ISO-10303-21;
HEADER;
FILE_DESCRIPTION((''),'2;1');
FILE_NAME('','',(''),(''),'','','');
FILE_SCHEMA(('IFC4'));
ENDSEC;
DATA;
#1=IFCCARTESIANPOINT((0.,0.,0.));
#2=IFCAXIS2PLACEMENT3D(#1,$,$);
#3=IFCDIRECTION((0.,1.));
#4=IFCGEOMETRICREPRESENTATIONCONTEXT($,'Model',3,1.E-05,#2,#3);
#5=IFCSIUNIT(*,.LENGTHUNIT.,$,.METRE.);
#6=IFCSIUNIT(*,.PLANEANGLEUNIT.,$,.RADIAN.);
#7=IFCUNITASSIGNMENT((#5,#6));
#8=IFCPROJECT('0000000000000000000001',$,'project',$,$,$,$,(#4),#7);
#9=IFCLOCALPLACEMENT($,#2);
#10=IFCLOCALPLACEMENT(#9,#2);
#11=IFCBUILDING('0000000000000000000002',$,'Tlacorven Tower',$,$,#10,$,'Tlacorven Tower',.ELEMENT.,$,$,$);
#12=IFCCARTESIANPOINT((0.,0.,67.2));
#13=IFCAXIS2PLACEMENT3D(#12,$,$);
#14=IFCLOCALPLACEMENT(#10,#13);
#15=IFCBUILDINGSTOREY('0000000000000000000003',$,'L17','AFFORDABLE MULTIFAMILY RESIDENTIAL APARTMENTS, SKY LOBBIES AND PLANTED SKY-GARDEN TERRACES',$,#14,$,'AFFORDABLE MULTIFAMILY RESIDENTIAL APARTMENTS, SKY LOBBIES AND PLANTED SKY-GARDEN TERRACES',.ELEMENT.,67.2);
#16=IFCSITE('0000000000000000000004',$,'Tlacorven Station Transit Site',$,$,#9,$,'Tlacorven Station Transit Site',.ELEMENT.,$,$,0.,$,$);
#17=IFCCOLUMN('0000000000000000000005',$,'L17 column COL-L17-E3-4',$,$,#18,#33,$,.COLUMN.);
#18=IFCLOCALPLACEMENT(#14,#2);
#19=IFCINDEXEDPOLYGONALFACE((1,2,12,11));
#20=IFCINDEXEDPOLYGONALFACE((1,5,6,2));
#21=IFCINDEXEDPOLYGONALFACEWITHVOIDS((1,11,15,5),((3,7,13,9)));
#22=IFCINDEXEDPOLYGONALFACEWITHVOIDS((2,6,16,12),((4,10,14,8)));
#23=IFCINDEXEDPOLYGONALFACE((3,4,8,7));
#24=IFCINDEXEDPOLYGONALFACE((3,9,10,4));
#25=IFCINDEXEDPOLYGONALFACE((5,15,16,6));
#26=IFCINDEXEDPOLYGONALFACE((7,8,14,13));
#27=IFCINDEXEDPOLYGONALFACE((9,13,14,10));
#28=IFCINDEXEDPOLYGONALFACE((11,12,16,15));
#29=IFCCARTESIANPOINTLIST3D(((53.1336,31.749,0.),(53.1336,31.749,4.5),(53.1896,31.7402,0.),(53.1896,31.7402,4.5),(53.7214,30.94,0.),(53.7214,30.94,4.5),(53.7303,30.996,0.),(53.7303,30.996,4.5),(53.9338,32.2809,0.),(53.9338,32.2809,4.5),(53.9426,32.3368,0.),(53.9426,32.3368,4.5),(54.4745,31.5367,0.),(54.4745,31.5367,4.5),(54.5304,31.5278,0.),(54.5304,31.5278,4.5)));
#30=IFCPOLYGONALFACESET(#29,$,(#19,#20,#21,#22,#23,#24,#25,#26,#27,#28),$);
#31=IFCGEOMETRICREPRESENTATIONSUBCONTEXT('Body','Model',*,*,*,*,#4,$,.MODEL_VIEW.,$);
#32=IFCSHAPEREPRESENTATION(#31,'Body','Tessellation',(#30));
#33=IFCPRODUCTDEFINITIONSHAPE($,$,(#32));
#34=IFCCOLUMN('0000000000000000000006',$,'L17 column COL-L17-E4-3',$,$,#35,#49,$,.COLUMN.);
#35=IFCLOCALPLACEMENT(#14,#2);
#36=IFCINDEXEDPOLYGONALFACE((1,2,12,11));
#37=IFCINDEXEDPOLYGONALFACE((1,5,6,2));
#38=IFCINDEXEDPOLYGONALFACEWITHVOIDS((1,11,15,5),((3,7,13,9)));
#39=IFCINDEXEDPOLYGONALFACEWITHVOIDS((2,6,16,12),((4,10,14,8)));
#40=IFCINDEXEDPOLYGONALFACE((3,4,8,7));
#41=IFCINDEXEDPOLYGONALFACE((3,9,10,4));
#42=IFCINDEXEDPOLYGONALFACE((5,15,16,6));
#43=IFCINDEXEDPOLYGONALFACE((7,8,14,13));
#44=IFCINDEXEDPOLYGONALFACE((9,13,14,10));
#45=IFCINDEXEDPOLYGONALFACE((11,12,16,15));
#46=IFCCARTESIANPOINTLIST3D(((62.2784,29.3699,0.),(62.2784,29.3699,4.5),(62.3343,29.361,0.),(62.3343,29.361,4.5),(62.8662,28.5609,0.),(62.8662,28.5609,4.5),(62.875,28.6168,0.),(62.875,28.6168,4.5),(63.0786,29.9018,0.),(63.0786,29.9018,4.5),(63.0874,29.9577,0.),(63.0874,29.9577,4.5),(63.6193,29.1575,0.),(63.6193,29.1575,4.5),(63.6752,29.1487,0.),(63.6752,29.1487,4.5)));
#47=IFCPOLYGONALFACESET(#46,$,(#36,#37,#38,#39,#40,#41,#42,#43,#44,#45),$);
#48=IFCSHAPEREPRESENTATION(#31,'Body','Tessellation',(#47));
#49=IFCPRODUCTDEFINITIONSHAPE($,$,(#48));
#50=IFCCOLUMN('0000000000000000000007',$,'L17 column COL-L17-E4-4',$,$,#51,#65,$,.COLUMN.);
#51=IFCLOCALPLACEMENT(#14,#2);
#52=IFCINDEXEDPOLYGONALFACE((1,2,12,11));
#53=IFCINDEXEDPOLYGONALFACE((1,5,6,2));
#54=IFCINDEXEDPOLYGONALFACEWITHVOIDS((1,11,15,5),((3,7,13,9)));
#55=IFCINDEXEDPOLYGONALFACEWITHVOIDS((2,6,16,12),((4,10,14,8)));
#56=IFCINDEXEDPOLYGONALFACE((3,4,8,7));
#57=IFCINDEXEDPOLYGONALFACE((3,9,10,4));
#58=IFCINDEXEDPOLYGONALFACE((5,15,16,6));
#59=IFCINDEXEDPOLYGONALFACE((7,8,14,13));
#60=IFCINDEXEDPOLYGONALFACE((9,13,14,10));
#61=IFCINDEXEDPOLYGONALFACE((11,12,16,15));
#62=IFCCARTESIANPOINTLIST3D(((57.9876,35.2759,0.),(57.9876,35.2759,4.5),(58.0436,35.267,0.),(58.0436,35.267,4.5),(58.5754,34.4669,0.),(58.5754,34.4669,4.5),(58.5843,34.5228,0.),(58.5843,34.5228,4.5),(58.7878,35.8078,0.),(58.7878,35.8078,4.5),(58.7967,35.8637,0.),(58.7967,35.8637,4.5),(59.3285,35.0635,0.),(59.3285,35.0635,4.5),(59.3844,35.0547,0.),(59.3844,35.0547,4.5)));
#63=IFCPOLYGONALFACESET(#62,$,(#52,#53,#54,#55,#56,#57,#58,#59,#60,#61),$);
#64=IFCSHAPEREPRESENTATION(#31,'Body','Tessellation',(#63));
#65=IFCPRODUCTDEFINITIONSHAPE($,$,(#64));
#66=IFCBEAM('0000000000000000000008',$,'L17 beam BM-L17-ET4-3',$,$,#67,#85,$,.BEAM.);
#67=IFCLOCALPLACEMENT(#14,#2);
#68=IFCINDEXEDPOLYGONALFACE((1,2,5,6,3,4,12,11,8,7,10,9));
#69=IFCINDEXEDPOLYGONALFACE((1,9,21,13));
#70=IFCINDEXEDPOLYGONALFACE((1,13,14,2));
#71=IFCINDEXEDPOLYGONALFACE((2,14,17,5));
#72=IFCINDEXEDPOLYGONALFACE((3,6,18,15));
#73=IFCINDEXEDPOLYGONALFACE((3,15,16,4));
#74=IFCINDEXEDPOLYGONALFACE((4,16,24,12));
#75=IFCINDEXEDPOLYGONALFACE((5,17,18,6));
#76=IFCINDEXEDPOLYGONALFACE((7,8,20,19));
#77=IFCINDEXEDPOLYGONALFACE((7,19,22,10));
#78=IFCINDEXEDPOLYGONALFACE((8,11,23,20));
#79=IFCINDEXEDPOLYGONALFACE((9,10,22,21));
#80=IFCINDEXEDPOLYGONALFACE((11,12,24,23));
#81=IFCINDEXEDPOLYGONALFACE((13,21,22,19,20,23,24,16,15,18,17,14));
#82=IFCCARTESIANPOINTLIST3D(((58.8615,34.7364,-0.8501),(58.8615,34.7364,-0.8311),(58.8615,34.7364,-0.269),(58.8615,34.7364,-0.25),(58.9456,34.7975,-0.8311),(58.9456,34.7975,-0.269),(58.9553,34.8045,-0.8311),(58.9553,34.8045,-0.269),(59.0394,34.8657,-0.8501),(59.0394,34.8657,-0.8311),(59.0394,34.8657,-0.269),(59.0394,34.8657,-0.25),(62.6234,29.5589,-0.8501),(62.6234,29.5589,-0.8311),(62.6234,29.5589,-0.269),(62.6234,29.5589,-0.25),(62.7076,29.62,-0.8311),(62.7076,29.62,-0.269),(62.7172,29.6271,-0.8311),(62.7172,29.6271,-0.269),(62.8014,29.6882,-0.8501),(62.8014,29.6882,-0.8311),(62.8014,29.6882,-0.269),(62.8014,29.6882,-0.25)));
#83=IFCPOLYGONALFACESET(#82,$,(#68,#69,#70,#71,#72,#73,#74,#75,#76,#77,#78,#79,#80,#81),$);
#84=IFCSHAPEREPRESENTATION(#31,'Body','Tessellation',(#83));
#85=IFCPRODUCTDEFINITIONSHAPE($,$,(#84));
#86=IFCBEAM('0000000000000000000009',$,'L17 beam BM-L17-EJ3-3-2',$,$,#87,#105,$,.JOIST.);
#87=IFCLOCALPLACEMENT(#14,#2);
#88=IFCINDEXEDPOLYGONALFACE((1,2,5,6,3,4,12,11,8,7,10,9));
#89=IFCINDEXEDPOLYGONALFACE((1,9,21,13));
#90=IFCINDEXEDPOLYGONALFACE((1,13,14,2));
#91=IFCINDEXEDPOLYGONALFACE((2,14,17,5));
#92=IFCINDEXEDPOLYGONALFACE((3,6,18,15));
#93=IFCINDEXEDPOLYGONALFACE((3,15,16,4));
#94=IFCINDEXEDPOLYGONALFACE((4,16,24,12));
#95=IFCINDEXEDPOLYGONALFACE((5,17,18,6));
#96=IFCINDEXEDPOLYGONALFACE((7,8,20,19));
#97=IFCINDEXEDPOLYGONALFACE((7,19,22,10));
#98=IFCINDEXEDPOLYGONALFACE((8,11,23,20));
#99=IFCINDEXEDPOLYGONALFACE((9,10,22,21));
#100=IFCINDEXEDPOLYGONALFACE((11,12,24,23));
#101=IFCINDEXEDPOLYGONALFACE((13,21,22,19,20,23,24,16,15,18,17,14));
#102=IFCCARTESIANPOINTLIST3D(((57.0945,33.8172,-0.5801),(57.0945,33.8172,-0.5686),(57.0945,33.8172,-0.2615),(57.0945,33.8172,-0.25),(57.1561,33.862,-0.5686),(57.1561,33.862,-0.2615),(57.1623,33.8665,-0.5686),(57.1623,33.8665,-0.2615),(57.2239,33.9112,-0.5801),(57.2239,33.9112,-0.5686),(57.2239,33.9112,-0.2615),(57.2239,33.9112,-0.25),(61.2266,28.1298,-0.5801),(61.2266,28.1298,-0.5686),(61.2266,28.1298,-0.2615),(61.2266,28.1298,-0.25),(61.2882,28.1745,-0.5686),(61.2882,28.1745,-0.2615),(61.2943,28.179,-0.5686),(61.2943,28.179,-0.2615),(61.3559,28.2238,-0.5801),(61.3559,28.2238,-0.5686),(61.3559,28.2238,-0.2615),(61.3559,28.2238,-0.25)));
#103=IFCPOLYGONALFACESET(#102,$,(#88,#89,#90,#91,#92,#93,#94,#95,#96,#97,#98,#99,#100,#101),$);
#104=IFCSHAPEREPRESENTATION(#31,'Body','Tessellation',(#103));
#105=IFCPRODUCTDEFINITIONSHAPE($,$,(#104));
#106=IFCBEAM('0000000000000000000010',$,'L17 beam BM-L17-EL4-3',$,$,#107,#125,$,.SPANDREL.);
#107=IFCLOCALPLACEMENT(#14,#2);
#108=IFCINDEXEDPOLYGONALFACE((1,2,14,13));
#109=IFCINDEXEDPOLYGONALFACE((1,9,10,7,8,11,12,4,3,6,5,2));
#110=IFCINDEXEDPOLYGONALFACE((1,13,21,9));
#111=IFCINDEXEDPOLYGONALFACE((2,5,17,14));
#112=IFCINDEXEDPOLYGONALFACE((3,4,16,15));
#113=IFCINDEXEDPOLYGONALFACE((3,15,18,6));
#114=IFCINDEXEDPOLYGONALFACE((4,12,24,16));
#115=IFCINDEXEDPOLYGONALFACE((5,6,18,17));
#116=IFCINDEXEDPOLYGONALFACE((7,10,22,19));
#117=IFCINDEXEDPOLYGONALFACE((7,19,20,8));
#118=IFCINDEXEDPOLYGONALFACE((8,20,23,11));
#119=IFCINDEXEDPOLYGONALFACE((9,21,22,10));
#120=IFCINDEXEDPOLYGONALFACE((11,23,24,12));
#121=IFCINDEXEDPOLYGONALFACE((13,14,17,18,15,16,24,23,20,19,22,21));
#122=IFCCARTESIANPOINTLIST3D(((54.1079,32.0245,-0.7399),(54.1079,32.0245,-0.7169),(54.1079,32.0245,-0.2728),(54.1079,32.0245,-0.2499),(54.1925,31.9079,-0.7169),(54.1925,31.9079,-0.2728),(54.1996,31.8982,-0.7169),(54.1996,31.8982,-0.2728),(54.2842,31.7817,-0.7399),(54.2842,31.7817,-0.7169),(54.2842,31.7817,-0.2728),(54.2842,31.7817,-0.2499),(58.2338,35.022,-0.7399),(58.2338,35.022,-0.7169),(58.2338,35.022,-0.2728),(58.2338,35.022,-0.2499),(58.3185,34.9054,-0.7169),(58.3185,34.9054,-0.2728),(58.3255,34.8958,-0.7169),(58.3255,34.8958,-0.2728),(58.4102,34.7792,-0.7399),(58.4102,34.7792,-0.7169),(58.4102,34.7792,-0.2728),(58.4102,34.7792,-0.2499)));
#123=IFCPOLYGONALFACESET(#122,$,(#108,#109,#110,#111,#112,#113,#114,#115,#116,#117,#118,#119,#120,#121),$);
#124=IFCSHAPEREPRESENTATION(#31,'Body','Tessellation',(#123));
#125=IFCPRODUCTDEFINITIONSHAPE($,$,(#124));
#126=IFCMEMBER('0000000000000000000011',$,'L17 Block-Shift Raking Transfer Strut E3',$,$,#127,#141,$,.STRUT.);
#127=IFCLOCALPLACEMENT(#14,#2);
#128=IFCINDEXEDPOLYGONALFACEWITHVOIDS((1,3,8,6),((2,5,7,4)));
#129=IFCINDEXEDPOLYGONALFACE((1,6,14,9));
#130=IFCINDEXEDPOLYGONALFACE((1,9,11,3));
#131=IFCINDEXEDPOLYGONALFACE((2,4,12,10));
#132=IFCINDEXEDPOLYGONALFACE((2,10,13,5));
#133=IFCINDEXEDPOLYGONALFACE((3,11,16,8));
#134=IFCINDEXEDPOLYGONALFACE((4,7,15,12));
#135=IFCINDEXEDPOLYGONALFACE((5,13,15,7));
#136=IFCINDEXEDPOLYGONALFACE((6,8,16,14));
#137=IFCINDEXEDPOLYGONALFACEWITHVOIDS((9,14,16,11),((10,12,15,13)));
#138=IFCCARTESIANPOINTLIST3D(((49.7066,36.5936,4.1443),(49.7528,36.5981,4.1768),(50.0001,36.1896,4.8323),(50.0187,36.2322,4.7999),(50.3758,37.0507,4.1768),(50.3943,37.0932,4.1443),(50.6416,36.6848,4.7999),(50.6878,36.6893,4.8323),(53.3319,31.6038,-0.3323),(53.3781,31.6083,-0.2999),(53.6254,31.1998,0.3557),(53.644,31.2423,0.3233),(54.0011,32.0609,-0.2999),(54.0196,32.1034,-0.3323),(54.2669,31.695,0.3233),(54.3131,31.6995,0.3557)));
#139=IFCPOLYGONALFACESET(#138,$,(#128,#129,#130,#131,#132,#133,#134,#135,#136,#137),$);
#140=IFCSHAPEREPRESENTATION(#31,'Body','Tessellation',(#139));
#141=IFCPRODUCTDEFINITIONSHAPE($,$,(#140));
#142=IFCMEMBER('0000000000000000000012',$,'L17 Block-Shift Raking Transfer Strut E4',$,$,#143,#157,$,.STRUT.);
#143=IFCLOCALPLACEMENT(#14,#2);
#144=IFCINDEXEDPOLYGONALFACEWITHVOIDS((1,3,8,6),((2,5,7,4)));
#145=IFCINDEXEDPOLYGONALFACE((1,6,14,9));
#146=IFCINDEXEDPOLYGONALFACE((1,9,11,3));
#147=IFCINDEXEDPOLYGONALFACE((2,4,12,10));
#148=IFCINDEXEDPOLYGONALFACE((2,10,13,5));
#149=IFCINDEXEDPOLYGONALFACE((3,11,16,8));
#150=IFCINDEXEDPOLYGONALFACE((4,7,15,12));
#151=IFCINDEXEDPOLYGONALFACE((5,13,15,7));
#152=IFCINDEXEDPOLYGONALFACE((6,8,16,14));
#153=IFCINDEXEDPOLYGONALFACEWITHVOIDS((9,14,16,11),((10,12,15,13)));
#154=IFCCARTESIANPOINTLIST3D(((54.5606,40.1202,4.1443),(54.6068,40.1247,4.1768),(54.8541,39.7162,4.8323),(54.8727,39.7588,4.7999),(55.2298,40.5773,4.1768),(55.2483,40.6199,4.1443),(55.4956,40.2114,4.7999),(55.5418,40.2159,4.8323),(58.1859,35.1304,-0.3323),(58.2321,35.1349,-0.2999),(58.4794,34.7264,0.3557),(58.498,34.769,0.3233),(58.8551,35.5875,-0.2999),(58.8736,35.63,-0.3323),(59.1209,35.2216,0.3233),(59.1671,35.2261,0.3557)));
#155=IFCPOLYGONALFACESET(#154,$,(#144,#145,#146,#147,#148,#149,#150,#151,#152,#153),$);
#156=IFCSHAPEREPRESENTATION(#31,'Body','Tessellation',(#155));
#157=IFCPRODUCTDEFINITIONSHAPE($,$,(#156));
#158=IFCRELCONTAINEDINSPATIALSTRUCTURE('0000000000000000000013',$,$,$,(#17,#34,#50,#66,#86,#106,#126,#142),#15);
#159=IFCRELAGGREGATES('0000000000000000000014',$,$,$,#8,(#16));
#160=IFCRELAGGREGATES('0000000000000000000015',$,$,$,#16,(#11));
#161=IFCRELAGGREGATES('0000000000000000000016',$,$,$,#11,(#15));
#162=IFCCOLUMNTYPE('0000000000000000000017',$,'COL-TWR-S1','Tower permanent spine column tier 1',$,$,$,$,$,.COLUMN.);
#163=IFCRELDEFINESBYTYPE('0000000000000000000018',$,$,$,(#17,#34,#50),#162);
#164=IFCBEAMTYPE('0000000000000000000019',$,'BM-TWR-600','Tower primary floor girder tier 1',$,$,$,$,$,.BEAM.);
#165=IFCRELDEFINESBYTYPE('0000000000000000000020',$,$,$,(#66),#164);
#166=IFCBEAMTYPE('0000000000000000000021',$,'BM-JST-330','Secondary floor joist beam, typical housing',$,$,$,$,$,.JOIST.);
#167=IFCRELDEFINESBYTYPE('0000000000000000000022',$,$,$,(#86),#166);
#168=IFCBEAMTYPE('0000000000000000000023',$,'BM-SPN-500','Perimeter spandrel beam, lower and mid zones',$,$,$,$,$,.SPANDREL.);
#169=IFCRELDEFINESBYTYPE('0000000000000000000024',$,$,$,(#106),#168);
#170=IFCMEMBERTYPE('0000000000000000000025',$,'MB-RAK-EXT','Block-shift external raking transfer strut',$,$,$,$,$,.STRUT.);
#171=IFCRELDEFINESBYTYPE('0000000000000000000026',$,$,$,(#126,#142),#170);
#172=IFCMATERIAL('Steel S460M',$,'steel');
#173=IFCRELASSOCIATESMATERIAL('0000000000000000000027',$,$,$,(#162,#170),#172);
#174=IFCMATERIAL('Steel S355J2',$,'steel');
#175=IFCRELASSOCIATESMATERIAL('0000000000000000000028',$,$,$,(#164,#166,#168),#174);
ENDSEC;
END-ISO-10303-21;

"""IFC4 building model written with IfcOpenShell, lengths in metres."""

from ifc_helpers import new_model, si_unit, direction, frame, origin, origin_2d, place, context, subcontext, project, spatial, hollow_rectangle, i_section, extrude, source, transform, mapped, material, material_profile, profile_set, type_object, element, save


model = new_model("IFC4")

# Units and contexts
model_context = context("Model", 3, precision=1e-05, world=origin(), true_north=direction((0.0, 1.0)))
body_context = subcontext(model_context, "Body", "Model", "MODEL_VIEW")
ifc_project = project(units=[si_unit("LENGTHUNIT", "METRE"), si_unit("PLANEANGLEUNIT", "RADIAN")], contexts=[model_context])

# Site, building, storey
site_placement = place(None, origin())
site = spatial("IfcSite", under=ifc_project, at=site_placement, Name="Tlacorven Station Transit Site", LongName="Tlacorven Station Transit Site", CompositionType="ELEMENT", RefElevation=0.0)
building_placement = place(site_placement, origin())
building = spatial("IfcBuilding", under=site, at=building_placement, Name="Tlacorven Tower", LongName="Tlacorven Tower", CompositionType="ELEMENT")
storey_placement = place(building_placement, frame((0.0, 0.0, 67.2)))
storey = spatial("IfcBuildingStorey", under=building, at=storey_placement, Name="L17", Description="AFFORDABLE MULTIFAMILY RESIDENTIAL APARTMENTS, SKY LOBBIES AND PLANTED SKY-GARDEN TERRACES", LongName="AFFORDABLE MULTIFAMILY RESIDENTIAL APARTMENTS, SKY LOBBIES AND PLANTED SKY-GARDEN TERRACES", CompositionType="ELEMENT", Elevation=67.2)

# Columns
ifc_material_1 = material(Name="Steel S460M", Category="steel")
ifc_material_profile_1 = material_profile(ifc_material_1, hollow_rectangle(XDim=1.0, YDim=1.0, WallThickness=0.04, at=origin_2d()), Name="BOX 1000X1000X40")
ifc_profile_set_1 = profile_set([ifc_material_profile_1], Name="Steel S460M")
column_type = type_object("IfcColumnType", Name="COL-TWR-S1", Description="Tower permanent spine column tier 1", PredefinedType="COLUMN", material=ifc_profile_set_1)
shared_shape_1 = source(origin(), body_context, "Body", "SweptSolid", [
    extrude(hollow_rectangle(XDim=1.0, YDim=1.0, WallThickness=0.04, at=origin_2d()), origin(), (0.0, 0.0, 1.0), 4.5),
])
for number, where, z_axis, x_axis, name in (
    (1, (53.832, 31.6384, 0.0), (0.0, 0.0, 1.0), (0.809017, 0.587785, 0.0), "L17 column COL-L17-E3-4"),
    (2, (62.9768, 29.2593, 0.0), (0.0, 0.0, 1.0), (0.809017, 0.587785, 0.0), "L17 column COL-L17-E4-3"),
    (3, (58.686, 35.1653, 0.0), (0.0, 0.0, 1.0), (0.809017, 0.587785, 0.0), "L17 column COL-L17-E4-4"),
):
    element("IfcColumn", number, at=place(storey_placement, frame(where, z_axis=z_axis, x_axis=x_axis)), inside=storey, type_object=column_type, Name=name, PredefinedType="COLUMN", context=body_context, shape_type="MappedRepresentation", body=[
        mapped(shared_shape_1, transform((0.0, 0.0, 0.0), scale=1.0)),
    ])

# Beams
ifc_material_2 = material(Name="Steel S355J2", Category="steel")
ifc_material_profile_2 = material_profile(ifc_material_2, i_section(OverallWidth=0.22, OverallDepth=0.6001, WebThickness=0.012, FlangeThickness=0.019, at=origin_2d()), Name="IPE 600")
ifc_profile_set_2 = profile_set([ifc_material_profile_2], Name="Steel S355J2")
beam_type_1 = type_object("IfcBeamType", Name="BM-TWR-600", Description="Tower primary floor girder tier 1", PredefinedType="BEAM", material=ifc_profile_set_2)
shared_shape_2 = source(origin(), body_context, "Body", "SweptSolid", [
    extrude(i_section(OverallWidth=0.22, OverallDepth=0.6001, WebThickness=0.012, FlangeThickness=0.019, at=origin_2d()), origin(), (0.0, 0.0, 1.0), 6.3999),
])
beam_1_placement = place(storey_placement, frame((62.7124, 29.6235, -0.55), z_axis=(-0.587816, 0.808995, 0.0), x_axis=(-0.808995, -0.587816, 0.0)))
element("IfcBeam", 4, at=beam_1_placement, inside=storey, type_object=beam_type_1, Name="L17 beam BM-L17-ET4-3", PredefinedType="BEAM", context=body_context, shape_type="MappedRepresentation", body=[
    mapped(shared_shape_2, transform((0.0, 0.0, 0.0), scale=1.0)),
])
ifc_material_profile_3 = material_profile(ifc_material_2, i_section(OverallWidth=0.1599, OverallDepth=0.3301, WebThickness=0.0076, FlangeThickness=0.0115, at=origin_2d()), Name="IPE 330")
ifc_profile_set_3 = profile_set([ifc_material_profile_3], Name="Steel S355J2")
beam_type_2 = type_object("IfcBeamType", Name="BM-JST-330", Description="Secondary floor joist beam, typical housing", PredefinedType="JOIST", material=ifc_profile_set_3)
shared_shape_3 = source(origin(), body_context, "Body", "SweptSolid", [
    extrude(i_section(OverallWidth=0.1599, OverallDepth=0.3301, WebThickness=0.0076, FlangeThickness=0.0115, at=origin_2d()), origin(), (0.0, 0.0, 1.0), 7.03),
])
beam_2_placement = place(storey_placement, frame((61.2913, 28.1768, -0.415), z_axis=(-0.587773, 0.809026, 0.0), x_axis=(-0.809026, -0.587773, 0.0)))
element("IfcBeam", 5, at=beam_2_placement, inside=storey, type_object=beam_type_2, Name="L17 beam BM-L17-EJ3-3-2", PredefinedType="JOIST", context=body_context, shape_type="MappedRepresentation", body=[
    mapped(shared_shape_3, transform((0.0, 0.0, 0.0), scale=1.0)),
])
ifc_material_profile_4 = material_profile(ifc_material_2, i_section(OverallWidth=0.3, OverallDepth=0.49, WebThickness=0.012, FlangeThickness=0.0229, at=origin_2d()), Name="HEA 500")
ifc_profile_set_4 = profile_set([ifc_material_profile_4], Name="Steel S355J2")
beam_type_3 = type_object("IfcBeamType", Name="BM-SPN-500", Description="Perimeter spandrel beam, lower and mid zones", PredefinedType="SPANDREL", material=ifc_profile_set_4)
shared_shape_4 = source(origin(), body_context, "Body", "SweptSolid", [
    extrude(i_section(OverallWidth=0.3, OverallDepth=0.49, WebThickness=0.012, FlangeThickness=0.0229, at=origin_2d()), origin(), (0.0, 0.0, 1.0), 5.0999),
])
beam_3_placement = place(storey_placement, frame((54.196, 31.9031, -0.4949), z_axis=(0.80903, 0.587767, 0.0), x_axis=(-0.587767, 0.80903, 0.0)))
element("IfcBeam", 6, at=beam_3_placement, inside=storey, type_object=beam_type_3, Name="L17 beam BM-L17-EL4-3", PredefinedType="SPANDREL", context=body_context, shape_type="MappedRepresentation", body=[
    mapped(shared_shape_4, transform((0.0, 0.0, 0.0), scale=1.0)),
])

# Members
ifc_material_profile_5 = material_profile(ifc_material_1, hollow_rectangle(XDim=0.8501, YDim=0.8501, WallThickness=0.04, at=origin_2d()), Name="BOX 850X850X40")
ifc_profile_set_5 = profile_set([ifc_material_profile_5], Name="Steel S460M")
member_type_1 = type_object("IfcMemberType", Name="MB-RAK-EXT", Description="Block-shift external raking transfer strut", PredefinedType="STRUT", material=ifc_profile_set_5)
shared_shape_5 = source(origin(), body_context, "Body", "SweptSolid", [
    extrude(hollow_rectangle(XDim=0.8501, YDim=0.8501, WallThickness=0.04, at=origin_2d()), origin(), (0.0, 0.0, 1.0), 7.6211),
])
for number, where, z_axis, x_axis, name in (
    (7, (53.8225, 31.6516, 0.0117), (-0.475692, 0.654737, 0.587399), (-0.809018, -0.587783, 0.0), "L17 Block-Shift Raking Transfer Strut E3"),
    (8, (58.6765, 35.1782, 0.0117), (-0.475692, 0.654737, 0.587399), (-0.809018, -0.587783, 0.0), "L17 Block-Shift Raking Transfer Strut E4"),
):
    element("IfcMember", number, at=place(storey_placement, frame(where, z_axis=z_axis, x_axis=x_axis)), inside=storey, type_object=member_type_1, Name=name, PredefinedType="STRUT", context=body_context, shape_type="MappedRepresentation", body=[
        mapped(shared_shape_5, transform((0.0, 0.0, 0.0), scale=1.0)),
    ])

save(model, "model.ifc")
